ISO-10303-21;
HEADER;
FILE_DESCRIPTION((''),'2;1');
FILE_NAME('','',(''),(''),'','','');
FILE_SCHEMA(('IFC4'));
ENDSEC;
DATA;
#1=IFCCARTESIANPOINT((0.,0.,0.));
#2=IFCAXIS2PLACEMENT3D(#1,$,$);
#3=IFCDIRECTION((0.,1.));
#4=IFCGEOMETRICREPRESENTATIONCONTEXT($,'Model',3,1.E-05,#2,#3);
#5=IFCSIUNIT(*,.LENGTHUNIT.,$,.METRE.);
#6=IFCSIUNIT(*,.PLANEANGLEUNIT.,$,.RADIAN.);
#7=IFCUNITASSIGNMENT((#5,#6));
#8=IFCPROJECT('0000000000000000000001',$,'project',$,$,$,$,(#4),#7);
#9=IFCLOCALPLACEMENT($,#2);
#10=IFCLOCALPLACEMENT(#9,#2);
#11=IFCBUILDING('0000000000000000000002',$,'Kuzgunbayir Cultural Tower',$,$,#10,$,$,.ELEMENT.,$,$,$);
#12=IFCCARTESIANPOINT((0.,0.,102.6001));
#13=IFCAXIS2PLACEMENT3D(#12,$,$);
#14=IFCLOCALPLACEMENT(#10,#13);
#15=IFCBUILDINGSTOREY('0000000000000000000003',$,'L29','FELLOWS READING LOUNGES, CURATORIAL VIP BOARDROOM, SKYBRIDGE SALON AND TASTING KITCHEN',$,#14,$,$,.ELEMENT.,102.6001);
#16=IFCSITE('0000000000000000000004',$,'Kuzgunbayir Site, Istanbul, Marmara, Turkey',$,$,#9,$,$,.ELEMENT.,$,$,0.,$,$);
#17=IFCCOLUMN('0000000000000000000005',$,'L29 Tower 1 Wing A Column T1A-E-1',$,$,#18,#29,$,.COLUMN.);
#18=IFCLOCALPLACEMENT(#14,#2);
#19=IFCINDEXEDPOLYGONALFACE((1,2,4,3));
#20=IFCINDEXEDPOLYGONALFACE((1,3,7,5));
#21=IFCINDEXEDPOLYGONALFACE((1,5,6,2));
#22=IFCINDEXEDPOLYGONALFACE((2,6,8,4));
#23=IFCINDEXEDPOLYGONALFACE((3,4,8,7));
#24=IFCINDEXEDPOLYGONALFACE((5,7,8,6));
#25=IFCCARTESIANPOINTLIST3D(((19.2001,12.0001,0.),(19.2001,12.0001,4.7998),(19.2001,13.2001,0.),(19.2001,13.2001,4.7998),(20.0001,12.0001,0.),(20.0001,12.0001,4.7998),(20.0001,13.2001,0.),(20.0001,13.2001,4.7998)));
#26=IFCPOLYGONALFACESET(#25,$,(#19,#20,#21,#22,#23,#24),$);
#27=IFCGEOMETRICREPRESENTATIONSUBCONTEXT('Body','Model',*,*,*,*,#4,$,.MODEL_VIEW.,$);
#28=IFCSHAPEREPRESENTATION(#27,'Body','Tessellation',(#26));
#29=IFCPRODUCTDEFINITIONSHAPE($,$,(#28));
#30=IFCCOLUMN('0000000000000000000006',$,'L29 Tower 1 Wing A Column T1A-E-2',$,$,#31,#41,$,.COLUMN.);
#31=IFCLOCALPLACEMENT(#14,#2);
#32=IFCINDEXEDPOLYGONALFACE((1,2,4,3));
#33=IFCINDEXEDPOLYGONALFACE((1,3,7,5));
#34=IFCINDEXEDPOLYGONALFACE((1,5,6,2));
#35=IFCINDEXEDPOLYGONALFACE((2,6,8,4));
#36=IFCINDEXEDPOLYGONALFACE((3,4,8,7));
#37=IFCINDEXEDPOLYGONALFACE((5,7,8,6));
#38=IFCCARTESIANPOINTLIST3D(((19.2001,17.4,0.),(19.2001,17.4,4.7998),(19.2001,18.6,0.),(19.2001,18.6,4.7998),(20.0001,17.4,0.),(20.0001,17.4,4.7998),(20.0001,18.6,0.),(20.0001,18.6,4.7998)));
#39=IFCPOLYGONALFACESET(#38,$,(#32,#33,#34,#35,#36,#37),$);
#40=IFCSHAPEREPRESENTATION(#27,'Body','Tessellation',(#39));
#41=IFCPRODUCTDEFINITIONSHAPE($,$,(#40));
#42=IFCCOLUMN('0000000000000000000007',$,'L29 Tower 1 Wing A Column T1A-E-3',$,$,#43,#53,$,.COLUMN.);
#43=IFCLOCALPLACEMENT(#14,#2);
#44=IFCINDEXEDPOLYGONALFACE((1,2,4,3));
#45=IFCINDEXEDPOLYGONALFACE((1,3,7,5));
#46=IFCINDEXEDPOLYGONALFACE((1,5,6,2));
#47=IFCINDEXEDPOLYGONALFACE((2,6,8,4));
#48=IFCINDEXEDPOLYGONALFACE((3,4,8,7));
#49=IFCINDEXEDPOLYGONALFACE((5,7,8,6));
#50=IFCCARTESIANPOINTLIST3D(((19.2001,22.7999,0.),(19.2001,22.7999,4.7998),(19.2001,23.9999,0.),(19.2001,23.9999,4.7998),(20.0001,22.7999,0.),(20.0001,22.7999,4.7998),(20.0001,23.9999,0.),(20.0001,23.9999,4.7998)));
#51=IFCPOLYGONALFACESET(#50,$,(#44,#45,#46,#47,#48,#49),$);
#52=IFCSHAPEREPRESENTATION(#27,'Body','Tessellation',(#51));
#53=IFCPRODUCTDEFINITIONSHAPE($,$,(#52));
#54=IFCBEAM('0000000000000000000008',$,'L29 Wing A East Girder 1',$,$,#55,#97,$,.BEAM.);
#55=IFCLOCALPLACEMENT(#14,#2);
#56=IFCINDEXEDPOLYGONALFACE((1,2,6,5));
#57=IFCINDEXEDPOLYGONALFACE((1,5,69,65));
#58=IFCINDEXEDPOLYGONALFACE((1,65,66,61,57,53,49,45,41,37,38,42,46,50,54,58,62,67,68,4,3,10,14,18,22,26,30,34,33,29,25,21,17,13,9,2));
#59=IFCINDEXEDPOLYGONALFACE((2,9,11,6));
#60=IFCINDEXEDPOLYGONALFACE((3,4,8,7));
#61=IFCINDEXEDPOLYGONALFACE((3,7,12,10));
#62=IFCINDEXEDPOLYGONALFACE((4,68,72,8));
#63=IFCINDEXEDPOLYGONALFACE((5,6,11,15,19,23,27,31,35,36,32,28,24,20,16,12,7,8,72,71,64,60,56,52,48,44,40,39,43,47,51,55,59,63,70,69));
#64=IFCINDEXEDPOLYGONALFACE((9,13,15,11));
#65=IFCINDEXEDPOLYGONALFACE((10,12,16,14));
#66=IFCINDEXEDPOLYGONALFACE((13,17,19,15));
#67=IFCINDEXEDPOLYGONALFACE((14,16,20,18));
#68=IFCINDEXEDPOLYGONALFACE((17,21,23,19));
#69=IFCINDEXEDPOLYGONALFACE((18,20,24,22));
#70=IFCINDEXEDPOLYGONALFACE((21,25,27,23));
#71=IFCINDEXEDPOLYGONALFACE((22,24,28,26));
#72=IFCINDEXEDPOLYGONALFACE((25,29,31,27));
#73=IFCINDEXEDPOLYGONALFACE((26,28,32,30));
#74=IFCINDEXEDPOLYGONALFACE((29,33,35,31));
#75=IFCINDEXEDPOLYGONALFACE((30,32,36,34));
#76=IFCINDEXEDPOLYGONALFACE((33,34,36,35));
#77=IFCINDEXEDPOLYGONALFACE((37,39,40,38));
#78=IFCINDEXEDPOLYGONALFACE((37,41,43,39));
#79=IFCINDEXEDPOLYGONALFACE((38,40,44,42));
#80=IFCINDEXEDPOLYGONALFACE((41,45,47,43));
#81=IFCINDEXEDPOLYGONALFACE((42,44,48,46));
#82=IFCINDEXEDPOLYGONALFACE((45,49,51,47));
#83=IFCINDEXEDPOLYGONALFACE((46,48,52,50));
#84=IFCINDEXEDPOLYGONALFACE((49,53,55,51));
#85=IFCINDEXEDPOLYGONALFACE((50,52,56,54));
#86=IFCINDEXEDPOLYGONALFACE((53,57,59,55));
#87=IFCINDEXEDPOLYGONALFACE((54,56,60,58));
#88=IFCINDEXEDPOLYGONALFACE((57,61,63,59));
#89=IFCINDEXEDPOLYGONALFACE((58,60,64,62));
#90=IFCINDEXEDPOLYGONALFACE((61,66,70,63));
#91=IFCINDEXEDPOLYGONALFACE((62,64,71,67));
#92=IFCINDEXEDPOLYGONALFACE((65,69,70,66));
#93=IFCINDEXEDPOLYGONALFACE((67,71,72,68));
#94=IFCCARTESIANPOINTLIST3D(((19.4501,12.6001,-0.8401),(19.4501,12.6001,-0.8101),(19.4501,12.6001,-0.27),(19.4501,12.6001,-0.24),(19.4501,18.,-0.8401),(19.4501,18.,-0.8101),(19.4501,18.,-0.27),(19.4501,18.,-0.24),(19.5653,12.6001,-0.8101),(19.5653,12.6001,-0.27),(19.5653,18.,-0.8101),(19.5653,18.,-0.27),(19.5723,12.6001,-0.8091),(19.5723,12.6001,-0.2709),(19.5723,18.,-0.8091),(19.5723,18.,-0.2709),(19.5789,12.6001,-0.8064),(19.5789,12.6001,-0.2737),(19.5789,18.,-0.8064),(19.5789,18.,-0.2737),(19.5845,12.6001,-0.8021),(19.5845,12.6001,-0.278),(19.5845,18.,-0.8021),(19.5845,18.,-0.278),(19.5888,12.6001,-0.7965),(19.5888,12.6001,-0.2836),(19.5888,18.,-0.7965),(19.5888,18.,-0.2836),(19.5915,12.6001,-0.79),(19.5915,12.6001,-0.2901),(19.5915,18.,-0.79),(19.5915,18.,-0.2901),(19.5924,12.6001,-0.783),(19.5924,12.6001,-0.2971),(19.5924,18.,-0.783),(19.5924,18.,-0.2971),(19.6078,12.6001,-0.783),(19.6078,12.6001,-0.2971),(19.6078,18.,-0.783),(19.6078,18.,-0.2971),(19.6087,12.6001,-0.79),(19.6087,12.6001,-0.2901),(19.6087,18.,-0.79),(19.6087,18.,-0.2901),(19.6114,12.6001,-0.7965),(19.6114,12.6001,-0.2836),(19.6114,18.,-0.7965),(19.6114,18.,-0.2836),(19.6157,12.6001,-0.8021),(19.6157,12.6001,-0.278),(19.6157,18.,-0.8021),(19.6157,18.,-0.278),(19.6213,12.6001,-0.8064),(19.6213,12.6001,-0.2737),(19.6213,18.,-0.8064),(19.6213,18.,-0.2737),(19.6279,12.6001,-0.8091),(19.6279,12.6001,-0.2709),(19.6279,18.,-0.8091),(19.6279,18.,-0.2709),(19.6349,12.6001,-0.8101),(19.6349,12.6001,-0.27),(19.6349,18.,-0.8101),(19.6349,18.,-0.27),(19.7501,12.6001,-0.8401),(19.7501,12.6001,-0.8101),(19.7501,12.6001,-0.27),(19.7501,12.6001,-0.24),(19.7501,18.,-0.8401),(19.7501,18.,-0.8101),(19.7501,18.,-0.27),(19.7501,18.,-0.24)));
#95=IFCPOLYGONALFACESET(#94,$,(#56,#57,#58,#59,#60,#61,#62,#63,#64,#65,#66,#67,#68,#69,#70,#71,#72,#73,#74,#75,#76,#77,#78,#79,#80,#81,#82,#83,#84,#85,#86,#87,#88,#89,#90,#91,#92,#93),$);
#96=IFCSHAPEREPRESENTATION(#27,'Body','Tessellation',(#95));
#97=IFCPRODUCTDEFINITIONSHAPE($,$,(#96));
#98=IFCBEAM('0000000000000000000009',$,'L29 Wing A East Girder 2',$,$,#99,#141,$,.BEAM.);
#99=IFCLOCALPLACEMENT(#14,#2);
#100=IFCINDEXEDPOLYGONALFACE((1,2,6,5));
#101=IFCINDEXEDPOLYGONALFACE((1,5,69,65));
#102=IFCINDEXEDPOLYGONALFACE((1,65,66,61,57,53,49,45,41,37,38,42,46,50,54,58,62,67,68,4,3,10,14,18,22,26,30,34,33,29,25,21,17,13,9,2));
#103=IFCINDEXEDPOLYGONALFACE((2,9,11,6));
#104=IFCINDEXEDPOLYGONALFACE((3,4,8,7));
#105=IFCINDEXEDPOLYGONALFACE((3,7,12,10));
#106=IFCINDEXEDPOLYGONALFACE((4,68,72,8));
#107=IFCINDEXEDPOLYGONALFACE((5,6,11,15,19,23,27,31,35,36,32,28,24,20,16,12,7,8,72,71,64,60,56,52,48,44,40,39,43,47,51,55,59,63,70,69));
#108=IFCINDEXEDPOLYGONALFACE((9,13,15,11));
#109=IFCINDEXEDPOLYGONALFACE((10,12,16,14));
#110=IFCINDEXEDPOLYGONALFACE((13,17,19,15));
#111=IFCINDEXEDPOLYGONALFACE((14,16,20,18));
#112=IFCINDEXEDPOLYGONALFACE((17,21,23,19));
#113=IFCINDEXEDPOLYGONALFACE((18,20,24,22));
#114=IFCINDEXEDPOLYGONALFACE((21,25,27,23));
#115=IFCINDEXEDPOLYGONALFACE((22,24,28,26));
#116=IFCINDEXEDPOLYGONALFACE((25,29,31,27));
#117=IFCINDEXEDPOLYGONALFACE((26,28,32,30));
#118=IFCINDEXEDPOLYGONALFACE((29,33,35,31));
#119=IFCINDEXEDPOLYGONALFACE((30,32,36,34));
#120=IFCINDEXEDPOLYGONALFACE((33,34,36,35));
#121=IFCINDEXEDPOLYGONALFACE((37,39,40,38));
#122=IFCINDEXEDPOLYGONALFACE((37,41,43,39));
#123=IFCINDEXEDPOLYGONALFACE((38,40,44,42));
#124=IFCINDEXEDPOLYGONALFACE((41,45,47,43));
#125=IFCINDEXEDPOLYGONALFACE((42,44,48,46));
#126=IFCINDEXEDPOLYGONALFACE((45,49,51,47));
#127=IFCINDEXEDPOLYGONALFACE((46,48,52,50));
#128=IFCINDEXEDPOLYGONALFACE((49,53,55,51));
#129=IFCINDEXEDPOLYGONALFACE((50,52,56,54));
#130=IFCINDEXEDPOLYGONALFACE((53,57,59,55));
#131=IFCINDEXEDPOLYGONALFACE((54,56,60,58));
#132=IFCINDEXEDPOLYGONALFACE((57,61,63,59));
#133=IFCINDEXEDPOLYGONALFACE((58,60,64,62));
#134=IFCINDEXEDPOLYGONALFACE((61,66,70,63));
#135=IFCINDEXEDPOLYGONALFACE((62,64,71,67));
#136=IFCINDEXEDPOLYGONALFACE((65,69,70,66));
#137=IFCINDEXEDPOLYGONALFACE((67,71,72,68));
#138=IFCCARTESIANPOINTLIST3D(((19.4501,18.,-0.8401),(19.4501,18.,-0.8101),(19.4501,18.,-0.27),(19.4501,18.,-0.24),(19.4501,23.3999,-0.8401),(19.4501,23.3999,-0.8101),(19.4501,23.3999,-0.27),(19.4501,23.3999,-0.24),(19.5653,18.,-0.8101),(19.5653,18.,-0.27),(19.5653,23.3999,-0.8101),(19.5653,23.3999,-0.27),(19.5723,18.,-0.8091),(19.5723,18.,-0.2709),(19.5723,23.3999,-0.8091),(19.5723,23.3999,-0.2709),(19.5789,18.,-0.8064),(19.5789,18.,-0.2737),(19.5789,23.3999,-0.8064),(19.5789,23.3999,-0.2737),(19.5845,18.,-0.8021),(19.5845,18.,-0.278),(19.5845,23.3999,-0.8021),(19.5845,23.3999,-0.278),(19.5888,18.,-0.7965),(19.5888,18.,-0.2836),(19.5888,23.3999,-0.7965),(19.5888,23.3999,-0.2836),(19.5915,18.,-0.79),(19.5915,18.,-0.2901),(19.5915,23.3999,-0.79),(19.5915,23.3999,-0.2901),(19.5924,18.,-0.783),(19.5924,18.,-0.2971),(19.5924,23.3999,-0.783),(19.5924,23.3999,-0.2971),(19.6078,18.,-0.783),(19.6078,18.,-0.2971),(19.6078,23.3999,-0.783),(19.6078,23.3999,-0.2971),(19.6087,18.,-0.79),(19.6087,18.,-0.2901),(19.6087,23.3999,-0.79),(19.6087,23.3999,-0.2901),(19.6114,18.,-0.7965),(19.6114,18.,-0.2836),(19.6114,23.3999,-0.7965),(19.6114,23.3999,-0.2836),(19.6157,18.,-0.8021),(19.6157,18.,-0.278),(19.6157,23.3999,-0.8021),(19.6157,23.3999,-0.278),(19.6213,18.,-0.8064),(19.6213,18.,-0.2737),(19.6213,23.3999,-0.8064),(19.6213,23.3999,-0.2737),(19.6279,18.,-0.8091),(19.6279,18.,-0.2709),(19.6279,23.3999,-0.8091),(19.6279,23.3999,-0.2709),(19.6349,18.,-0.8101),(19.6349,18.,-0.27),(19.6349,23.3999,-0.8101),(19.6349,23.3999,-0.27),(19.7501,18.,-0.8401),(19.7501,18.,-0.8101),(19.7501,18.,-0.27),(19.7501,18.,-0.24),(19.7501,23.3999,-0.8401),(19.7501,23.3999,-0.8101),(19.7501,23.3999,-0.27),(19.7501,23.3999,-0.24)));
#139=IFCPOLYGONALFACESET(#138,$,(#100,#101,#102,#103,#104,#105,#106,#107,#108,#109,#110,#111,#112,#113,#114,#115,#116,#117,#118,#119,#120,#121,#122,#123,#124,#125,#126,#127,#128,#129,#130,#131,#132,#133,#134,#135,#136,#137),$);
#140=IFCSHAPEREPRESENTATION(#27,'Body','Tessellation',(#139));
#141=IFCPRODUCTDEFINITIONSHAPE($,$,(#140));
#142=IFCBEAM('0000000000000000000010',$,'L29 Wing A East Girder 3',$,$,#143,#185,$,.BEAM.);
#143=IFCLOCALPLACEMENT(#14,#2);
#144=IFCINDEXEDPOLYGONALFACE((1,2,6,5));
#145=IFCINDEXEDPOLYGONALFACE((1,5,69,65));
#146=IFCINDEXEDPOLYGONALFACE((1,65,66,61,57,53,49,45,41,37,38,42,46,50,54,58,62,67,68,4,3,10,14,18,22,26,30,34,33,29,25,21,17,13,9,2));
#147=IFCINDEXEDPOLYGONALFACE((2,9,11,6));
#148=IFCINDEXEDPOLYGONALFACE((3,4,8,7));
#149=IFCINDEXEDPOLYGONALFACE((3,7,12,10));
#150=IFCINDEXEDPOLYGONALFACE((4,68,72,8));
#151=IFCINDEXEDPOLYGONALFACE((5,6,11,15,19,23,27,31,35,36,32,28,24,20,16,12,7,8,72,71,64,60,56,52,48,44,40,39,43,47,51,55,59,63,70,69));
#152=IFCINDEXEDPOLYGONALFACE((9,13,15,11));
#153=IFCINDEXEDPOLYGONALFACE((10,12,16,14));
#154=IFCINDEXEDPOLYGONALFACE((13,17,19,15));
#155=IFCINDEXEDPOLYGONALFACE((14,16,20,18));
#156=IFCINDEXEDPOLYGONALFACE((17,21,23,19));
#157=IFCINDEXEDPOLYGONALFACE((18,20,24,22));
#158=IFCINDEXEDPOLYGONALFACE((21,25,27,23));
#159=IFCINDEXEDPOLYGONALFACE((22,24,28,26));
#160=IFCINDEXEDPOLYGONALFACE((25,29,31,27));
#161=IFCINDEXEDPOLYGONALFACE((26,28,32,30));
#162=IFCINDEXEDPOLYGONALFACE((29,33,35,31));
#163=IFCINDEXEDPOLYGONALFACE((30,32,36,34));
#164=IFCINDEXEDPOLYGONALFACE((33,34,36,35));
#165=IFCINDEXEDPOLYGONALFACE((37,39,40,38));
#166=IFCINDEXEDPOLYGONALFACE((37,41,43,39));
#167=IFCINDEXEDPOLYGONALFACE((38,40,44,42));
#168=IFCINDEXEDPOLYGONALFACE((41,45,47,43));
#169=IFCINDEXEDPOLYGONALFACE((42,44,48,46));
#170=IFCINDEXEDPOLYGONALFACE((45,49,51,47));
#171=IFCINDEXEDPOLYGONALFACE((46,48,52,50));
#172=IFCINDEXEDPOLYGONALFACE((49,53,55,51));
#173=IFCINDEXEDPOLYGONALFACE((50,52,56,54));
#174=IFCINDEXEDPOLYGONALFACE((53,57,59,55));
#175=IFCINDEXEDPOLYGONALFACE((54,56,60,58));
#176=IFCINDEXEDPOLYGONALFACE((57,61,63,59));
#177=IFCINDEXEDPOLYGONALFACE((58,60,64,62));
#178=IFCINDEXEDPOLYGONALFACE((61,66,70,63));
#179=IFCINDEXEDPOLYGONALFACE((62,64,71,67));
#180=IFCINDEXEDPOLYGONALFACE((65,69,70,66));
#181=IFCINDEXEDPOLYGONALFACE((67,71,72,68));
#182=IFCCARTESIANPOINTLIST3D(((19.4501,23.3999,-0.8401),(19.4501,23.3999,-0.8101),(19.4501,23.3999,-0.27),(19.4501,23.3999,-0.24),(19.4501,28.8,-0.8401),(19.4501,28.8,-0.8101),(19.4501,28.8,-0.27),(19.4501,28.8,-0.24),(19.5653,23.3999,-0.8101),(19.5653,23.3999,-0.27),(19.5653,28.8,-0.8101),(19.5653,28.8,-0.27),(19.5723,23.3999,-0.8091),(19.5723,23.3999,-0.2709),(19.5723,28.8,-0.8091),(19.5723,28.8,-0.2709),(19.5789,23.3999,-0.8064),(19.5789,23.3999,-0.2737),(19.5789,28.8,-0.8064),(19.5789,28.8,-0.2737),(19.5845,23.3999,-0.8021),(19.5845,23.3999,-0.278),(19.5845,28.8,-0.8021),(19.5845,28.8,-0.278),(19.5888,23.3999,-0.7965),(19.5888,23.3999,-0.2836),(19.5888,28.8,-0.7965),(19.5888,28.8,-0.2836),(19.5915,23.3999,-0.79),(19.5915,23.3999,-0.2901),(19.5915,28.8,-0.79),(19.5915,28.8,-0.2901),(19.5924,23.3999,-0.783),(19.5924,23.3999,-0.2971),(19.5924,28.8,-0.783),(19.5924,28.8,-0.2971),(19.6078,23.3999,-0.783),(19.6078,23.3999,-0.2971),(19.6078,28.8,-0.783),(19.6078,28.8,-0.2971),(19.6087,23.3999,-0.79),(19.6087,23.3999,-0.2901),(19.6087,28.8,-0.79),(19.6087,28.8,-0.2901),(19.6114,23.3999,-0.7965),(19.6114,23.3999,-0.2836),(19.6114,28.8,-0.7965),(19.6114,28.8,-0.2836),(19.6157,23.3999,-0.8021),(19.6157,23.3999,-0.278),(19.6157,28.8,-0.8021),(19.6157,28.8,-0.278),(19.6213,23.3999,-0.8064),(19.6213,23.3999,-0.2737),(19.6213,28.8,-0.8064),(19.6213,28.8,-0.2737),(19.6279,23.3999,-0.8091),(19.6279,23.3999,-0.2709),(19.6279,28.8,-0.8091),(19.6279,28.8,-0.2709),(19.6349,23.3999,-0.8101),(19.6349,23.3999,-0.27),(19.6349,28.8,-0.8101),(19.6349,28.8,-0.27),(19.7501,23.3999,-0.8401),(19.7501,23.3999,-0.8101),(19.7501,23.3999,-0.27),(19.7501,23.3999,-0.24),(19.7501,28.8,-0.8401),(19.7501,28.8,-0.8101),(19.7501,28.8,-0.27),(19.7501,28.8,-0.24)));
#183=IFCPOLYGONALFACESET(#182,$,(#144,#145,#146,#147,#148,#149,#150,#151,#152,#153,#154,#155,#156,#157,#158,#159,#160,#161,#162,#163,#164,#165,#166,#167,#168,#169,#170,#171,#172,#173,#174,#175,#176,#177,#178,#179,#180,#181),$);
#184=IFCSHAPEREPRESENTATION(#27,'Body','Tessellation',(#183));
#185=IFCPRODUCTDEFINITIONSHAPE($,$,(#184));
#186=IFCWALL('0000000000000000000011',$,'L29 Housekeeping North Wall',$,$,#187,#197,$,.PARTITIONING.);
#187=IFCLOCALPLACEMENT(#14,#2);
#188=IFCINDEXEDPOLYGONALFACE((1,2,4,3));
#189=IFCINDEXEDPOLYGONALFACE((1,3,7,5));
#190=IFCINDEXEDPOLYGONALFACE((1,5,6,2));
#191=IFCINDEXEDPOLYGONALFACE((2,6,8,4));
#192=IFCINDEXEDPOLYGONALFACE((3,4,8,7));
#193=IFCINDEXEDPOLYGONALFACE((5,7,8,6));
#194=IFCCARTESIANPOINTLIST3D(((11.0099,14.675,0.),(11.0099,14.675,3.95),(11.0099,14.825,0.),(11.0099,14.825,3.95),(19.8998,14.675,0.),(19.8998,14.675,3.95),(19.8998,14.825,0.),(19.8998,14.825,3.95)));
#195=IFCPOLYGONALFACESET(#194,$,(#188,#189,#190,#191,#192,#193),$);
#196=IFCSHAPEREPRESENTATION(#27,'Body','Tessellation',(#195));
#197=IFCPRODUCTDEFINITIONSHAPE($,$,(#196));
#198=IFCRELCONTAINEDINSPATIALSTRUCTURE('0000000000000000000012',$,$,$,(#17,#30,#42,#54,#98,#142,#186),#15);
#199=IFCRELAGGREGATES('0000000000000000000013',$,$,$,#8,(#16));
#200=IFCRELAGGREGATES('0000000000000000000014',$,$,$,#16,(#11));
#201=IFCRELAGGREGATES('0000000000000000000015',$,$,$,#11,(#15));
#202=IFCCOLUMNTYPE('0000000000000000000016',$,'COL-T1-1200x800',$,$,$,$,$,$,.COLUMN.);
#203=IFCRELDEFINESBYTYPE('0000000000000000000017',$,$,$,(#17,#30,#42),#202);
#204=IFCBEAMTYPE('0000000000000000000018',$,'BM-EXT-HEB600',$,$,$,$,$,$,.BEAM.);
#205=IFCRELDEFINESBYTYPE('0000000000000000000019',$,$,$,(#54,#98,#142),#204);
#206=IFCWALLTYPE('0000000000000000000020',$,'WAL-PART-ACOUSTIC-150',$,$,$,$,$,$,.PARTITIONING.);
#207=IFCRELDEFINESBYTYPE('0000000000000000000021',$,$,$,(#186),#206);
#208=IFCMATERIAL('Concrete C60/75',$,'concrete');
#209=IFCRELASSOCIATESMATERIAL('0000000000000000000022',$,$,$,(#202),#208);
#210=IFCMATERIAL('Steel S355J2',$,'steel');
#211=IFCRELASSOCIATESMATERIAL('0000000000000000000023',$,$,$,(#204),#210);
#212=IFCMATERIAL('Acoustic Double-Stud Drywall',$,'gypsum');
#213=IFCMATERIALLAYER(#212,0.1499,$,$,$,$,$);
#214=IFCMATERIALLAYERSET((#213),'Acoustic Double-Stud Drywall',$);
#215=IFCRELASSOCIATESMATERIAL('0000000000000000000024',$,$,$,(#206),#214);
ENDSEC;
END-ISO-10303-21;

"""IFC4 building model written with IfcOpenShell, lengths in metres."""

from ifc_helpers import new_model, si_unit, direction, frame, frame_2d, origin, origin_2d, place, context, subcontext, project, spatial, rectangle, i_section, extrude, material, layer, layer_set, material_profile, profile_set, type_object, element, save


model = new_model("IFC4")

# Units and contexts
model_context = context("Model", 3, precision=1e-05, world=origin(), true_north=direction((0.0, 1.0)))
body_context = subcontext(model_context, "Body", "Model", "MODEL_VIEW")
ifc_project = project(units=[si_unit("LENGTHUNIT", "METRE"), si_unit("PLANEANGLEUNIT", "RADIAN")], contexts=[model_context])

# Site, building, storey
site_placement = place(None, origin())
site = spatial("IfcSite", under=ifc_project, at=site_placement, Name="Kuzgunbayir Site, Istanbul, Marmara, Turkey", CompositionType="ELEMENT", RefElevation=0.0)
building_placement = place(site_placement, origin())
building = spatial("IfcBuilding", under=site, at=building_placement, Name="Kuzgunbayir Cultural Tower", CompositionType="ELEMENT")
storey_placement = place(building_placement, frame((0.0, 0.0, 102.6001)))
storey = spatial("IfcBuildingStorey", under=building, at=storey_placement, Name="L29", Description="FELLOWS READING LOUNGES, CURATORIAL VIP BOARDROOM, SKYBRIDGE SALON AND TASTING KITCHEN", CompositionType="ELEMENT", Elevation=102.6001)

# Columns
ifc_material_1 = material(Name="Concrete C60/75", Category="concrete")
ifc_material_profile_1 = material_profile(ifc_material_1, rectangle(XDim=0.8, YDim=1.2, at=origin_2d()), Name="RC 1200x800")
ifc_profile_set_1 = profile_set([ifc_material_profile_1], Name="Concrete C60/75")
column_type = type_object("IfcColumnType", Name="COL-T1-1200x800", PredefinedType="COLUMN", material=ifc_profile_set_1)
for number, where, z_axis, x_axis, name in (
    (1, (19.6001, 12.6001, 0.0), (0.0, 0.0, 1.0), (1.0, 0.0, 0.0), "L29 Tower 1 Wing A Column T1A-E-1"),
    (2, (19.6001, 18.0, 0.0), (0.0, 0.0, 1.0), (1.0, 0.0, 0.0), "L29 Tower 1 Wing A Column T1A-E-2"),
    (3, (19.6001, 23.3999, 0.0), (0.0, 0.0, 1.0), (1.0, 0.0, 0.0), "L29 Tower 1 Wing A Column T1A-E-3"),
):
    element("IfcColumn", number, at=place(storey_placement, frame(where, z_axis=z_axis, x_axis=x_axis)), inside=storey, type_object=column_type, Name=name, PredefinedType="COLUMN", context=body_context, shape_type="SweptSolid", body=[
        extrude(rectangle(XDim=0.8, YDim=1.2, at=origin_2d()), origin(), (0.0, 0.0, 1.0), 4.7998),
    ])

# Beams
ifc_material_2 = material(Name="Steel S355J2", Category="steel")
ifc_material_profile_2 = material_profile(ifc_material_2, i_section(OverallWidth=0.3, OverallDepth=0.6001, WebThickness=0.0154, FlangeThickness=0.03, FilletRadius=0.0271, at=origin_2d()), Name="HEB 600")
ifc_profile_set_2 = profile_set([ifc_material_profile_2], Name="Steel S355J2")
beam_type = type_object("IfcBeamType", Name="BM-EXT-HEB600", PredefinedType="BEAM", material=ifc_profile_set_2)
for number, where, z_axis, x_axis, name in (
    (4, (19.6001, 12.6001, -0.54), (0.0, 1.0, 0.0), (-1.0, 0.0, 0.0), "L29 Wing A East Girder 1"),
    (5, (19.6001, 18.0, -0.54), (0.0, 1.0, 0.0), (-1.0, 0.0, 0.0), "L29 Wing A East Girder 2"),
):
    element("IfcBeam", number, at=place(storey_placement, frame(where, z_axis=z_axis, x_axis=x_axis)), inside=storey, type_object=beam_type, Name=name, PredefinedType="BEAM", context=body_context, shape_type="SweptSolid", body=[
        extrude(i_section(OverallWidth=0.3, OverallDepth=0.6001, WebThickness=0.0154, FlangeThickness=0.03, FilletRadius=0.0271, at=origin_2d()), origin(), (0.0, 0.0, 1.0), 5.3999),
    ])
beam_placement = place(storey_placement, frame((19.6001, 23.3999, -0.54), z_axis=(0.0, 1.0, 0.0), x_axis=(-1.0, 0.0, 0.0)))
element("IfcBeam", 6, at=beam_placement, inside=storey, type_object=beam_type, Name="L29 Wing A East Girder 3", PredefinedType="BEAM", context=body_context, shape_type="SweptSolid", body=[
    extrude(i_section(OverallWidth=0.3, OverallDepth=0.6001, WebThickness=0.0154, FlangeThickness=0.03, FilletRadius=0.0271, at=origin_2d()), origin(), (0.0, 0.0, 1.0), 5.4001),
])

# Wall
ifc_material_3 = material(Name="Acoustic Double-Stud Drywall", Category="gypsum")
ifc_layer_1 = layer(ifc_material_3, 0.1499)
ifc_layer_set_1 = layer_set([ifc_layer_1], Name="Acoustic Double-Stud Drywall")
wall_type_1 = type_object("IfcWallType", Name="WAL-PART-ACOUSTIC-150", PredefinedType="PARTITIONING", material=ifc_layer_set_1)
wall_1_placement = place(storey_placement, frame((11.01, 14.75, 0.0), z_axis=(0.0, 0.0, 1.0), x_axis=(1.0, 0.0, 0.0)))
element("IfcWall", 7, at=wall_1_placement, inside=storey, type_object=wall_type_1, Name="L29 Housekeeping North Wall", PredefinedType="PARTITIONING", context=body_context, shape_type="SweptSolid", body=[
    extrude(rectangle(XDim=8.8899, YDim=0.1499, at=frame_2d((4.4448, 0.0))), origin(), (0.0, 0.0, 1.0), 3.95),
])

save(model, "model.ifc")
